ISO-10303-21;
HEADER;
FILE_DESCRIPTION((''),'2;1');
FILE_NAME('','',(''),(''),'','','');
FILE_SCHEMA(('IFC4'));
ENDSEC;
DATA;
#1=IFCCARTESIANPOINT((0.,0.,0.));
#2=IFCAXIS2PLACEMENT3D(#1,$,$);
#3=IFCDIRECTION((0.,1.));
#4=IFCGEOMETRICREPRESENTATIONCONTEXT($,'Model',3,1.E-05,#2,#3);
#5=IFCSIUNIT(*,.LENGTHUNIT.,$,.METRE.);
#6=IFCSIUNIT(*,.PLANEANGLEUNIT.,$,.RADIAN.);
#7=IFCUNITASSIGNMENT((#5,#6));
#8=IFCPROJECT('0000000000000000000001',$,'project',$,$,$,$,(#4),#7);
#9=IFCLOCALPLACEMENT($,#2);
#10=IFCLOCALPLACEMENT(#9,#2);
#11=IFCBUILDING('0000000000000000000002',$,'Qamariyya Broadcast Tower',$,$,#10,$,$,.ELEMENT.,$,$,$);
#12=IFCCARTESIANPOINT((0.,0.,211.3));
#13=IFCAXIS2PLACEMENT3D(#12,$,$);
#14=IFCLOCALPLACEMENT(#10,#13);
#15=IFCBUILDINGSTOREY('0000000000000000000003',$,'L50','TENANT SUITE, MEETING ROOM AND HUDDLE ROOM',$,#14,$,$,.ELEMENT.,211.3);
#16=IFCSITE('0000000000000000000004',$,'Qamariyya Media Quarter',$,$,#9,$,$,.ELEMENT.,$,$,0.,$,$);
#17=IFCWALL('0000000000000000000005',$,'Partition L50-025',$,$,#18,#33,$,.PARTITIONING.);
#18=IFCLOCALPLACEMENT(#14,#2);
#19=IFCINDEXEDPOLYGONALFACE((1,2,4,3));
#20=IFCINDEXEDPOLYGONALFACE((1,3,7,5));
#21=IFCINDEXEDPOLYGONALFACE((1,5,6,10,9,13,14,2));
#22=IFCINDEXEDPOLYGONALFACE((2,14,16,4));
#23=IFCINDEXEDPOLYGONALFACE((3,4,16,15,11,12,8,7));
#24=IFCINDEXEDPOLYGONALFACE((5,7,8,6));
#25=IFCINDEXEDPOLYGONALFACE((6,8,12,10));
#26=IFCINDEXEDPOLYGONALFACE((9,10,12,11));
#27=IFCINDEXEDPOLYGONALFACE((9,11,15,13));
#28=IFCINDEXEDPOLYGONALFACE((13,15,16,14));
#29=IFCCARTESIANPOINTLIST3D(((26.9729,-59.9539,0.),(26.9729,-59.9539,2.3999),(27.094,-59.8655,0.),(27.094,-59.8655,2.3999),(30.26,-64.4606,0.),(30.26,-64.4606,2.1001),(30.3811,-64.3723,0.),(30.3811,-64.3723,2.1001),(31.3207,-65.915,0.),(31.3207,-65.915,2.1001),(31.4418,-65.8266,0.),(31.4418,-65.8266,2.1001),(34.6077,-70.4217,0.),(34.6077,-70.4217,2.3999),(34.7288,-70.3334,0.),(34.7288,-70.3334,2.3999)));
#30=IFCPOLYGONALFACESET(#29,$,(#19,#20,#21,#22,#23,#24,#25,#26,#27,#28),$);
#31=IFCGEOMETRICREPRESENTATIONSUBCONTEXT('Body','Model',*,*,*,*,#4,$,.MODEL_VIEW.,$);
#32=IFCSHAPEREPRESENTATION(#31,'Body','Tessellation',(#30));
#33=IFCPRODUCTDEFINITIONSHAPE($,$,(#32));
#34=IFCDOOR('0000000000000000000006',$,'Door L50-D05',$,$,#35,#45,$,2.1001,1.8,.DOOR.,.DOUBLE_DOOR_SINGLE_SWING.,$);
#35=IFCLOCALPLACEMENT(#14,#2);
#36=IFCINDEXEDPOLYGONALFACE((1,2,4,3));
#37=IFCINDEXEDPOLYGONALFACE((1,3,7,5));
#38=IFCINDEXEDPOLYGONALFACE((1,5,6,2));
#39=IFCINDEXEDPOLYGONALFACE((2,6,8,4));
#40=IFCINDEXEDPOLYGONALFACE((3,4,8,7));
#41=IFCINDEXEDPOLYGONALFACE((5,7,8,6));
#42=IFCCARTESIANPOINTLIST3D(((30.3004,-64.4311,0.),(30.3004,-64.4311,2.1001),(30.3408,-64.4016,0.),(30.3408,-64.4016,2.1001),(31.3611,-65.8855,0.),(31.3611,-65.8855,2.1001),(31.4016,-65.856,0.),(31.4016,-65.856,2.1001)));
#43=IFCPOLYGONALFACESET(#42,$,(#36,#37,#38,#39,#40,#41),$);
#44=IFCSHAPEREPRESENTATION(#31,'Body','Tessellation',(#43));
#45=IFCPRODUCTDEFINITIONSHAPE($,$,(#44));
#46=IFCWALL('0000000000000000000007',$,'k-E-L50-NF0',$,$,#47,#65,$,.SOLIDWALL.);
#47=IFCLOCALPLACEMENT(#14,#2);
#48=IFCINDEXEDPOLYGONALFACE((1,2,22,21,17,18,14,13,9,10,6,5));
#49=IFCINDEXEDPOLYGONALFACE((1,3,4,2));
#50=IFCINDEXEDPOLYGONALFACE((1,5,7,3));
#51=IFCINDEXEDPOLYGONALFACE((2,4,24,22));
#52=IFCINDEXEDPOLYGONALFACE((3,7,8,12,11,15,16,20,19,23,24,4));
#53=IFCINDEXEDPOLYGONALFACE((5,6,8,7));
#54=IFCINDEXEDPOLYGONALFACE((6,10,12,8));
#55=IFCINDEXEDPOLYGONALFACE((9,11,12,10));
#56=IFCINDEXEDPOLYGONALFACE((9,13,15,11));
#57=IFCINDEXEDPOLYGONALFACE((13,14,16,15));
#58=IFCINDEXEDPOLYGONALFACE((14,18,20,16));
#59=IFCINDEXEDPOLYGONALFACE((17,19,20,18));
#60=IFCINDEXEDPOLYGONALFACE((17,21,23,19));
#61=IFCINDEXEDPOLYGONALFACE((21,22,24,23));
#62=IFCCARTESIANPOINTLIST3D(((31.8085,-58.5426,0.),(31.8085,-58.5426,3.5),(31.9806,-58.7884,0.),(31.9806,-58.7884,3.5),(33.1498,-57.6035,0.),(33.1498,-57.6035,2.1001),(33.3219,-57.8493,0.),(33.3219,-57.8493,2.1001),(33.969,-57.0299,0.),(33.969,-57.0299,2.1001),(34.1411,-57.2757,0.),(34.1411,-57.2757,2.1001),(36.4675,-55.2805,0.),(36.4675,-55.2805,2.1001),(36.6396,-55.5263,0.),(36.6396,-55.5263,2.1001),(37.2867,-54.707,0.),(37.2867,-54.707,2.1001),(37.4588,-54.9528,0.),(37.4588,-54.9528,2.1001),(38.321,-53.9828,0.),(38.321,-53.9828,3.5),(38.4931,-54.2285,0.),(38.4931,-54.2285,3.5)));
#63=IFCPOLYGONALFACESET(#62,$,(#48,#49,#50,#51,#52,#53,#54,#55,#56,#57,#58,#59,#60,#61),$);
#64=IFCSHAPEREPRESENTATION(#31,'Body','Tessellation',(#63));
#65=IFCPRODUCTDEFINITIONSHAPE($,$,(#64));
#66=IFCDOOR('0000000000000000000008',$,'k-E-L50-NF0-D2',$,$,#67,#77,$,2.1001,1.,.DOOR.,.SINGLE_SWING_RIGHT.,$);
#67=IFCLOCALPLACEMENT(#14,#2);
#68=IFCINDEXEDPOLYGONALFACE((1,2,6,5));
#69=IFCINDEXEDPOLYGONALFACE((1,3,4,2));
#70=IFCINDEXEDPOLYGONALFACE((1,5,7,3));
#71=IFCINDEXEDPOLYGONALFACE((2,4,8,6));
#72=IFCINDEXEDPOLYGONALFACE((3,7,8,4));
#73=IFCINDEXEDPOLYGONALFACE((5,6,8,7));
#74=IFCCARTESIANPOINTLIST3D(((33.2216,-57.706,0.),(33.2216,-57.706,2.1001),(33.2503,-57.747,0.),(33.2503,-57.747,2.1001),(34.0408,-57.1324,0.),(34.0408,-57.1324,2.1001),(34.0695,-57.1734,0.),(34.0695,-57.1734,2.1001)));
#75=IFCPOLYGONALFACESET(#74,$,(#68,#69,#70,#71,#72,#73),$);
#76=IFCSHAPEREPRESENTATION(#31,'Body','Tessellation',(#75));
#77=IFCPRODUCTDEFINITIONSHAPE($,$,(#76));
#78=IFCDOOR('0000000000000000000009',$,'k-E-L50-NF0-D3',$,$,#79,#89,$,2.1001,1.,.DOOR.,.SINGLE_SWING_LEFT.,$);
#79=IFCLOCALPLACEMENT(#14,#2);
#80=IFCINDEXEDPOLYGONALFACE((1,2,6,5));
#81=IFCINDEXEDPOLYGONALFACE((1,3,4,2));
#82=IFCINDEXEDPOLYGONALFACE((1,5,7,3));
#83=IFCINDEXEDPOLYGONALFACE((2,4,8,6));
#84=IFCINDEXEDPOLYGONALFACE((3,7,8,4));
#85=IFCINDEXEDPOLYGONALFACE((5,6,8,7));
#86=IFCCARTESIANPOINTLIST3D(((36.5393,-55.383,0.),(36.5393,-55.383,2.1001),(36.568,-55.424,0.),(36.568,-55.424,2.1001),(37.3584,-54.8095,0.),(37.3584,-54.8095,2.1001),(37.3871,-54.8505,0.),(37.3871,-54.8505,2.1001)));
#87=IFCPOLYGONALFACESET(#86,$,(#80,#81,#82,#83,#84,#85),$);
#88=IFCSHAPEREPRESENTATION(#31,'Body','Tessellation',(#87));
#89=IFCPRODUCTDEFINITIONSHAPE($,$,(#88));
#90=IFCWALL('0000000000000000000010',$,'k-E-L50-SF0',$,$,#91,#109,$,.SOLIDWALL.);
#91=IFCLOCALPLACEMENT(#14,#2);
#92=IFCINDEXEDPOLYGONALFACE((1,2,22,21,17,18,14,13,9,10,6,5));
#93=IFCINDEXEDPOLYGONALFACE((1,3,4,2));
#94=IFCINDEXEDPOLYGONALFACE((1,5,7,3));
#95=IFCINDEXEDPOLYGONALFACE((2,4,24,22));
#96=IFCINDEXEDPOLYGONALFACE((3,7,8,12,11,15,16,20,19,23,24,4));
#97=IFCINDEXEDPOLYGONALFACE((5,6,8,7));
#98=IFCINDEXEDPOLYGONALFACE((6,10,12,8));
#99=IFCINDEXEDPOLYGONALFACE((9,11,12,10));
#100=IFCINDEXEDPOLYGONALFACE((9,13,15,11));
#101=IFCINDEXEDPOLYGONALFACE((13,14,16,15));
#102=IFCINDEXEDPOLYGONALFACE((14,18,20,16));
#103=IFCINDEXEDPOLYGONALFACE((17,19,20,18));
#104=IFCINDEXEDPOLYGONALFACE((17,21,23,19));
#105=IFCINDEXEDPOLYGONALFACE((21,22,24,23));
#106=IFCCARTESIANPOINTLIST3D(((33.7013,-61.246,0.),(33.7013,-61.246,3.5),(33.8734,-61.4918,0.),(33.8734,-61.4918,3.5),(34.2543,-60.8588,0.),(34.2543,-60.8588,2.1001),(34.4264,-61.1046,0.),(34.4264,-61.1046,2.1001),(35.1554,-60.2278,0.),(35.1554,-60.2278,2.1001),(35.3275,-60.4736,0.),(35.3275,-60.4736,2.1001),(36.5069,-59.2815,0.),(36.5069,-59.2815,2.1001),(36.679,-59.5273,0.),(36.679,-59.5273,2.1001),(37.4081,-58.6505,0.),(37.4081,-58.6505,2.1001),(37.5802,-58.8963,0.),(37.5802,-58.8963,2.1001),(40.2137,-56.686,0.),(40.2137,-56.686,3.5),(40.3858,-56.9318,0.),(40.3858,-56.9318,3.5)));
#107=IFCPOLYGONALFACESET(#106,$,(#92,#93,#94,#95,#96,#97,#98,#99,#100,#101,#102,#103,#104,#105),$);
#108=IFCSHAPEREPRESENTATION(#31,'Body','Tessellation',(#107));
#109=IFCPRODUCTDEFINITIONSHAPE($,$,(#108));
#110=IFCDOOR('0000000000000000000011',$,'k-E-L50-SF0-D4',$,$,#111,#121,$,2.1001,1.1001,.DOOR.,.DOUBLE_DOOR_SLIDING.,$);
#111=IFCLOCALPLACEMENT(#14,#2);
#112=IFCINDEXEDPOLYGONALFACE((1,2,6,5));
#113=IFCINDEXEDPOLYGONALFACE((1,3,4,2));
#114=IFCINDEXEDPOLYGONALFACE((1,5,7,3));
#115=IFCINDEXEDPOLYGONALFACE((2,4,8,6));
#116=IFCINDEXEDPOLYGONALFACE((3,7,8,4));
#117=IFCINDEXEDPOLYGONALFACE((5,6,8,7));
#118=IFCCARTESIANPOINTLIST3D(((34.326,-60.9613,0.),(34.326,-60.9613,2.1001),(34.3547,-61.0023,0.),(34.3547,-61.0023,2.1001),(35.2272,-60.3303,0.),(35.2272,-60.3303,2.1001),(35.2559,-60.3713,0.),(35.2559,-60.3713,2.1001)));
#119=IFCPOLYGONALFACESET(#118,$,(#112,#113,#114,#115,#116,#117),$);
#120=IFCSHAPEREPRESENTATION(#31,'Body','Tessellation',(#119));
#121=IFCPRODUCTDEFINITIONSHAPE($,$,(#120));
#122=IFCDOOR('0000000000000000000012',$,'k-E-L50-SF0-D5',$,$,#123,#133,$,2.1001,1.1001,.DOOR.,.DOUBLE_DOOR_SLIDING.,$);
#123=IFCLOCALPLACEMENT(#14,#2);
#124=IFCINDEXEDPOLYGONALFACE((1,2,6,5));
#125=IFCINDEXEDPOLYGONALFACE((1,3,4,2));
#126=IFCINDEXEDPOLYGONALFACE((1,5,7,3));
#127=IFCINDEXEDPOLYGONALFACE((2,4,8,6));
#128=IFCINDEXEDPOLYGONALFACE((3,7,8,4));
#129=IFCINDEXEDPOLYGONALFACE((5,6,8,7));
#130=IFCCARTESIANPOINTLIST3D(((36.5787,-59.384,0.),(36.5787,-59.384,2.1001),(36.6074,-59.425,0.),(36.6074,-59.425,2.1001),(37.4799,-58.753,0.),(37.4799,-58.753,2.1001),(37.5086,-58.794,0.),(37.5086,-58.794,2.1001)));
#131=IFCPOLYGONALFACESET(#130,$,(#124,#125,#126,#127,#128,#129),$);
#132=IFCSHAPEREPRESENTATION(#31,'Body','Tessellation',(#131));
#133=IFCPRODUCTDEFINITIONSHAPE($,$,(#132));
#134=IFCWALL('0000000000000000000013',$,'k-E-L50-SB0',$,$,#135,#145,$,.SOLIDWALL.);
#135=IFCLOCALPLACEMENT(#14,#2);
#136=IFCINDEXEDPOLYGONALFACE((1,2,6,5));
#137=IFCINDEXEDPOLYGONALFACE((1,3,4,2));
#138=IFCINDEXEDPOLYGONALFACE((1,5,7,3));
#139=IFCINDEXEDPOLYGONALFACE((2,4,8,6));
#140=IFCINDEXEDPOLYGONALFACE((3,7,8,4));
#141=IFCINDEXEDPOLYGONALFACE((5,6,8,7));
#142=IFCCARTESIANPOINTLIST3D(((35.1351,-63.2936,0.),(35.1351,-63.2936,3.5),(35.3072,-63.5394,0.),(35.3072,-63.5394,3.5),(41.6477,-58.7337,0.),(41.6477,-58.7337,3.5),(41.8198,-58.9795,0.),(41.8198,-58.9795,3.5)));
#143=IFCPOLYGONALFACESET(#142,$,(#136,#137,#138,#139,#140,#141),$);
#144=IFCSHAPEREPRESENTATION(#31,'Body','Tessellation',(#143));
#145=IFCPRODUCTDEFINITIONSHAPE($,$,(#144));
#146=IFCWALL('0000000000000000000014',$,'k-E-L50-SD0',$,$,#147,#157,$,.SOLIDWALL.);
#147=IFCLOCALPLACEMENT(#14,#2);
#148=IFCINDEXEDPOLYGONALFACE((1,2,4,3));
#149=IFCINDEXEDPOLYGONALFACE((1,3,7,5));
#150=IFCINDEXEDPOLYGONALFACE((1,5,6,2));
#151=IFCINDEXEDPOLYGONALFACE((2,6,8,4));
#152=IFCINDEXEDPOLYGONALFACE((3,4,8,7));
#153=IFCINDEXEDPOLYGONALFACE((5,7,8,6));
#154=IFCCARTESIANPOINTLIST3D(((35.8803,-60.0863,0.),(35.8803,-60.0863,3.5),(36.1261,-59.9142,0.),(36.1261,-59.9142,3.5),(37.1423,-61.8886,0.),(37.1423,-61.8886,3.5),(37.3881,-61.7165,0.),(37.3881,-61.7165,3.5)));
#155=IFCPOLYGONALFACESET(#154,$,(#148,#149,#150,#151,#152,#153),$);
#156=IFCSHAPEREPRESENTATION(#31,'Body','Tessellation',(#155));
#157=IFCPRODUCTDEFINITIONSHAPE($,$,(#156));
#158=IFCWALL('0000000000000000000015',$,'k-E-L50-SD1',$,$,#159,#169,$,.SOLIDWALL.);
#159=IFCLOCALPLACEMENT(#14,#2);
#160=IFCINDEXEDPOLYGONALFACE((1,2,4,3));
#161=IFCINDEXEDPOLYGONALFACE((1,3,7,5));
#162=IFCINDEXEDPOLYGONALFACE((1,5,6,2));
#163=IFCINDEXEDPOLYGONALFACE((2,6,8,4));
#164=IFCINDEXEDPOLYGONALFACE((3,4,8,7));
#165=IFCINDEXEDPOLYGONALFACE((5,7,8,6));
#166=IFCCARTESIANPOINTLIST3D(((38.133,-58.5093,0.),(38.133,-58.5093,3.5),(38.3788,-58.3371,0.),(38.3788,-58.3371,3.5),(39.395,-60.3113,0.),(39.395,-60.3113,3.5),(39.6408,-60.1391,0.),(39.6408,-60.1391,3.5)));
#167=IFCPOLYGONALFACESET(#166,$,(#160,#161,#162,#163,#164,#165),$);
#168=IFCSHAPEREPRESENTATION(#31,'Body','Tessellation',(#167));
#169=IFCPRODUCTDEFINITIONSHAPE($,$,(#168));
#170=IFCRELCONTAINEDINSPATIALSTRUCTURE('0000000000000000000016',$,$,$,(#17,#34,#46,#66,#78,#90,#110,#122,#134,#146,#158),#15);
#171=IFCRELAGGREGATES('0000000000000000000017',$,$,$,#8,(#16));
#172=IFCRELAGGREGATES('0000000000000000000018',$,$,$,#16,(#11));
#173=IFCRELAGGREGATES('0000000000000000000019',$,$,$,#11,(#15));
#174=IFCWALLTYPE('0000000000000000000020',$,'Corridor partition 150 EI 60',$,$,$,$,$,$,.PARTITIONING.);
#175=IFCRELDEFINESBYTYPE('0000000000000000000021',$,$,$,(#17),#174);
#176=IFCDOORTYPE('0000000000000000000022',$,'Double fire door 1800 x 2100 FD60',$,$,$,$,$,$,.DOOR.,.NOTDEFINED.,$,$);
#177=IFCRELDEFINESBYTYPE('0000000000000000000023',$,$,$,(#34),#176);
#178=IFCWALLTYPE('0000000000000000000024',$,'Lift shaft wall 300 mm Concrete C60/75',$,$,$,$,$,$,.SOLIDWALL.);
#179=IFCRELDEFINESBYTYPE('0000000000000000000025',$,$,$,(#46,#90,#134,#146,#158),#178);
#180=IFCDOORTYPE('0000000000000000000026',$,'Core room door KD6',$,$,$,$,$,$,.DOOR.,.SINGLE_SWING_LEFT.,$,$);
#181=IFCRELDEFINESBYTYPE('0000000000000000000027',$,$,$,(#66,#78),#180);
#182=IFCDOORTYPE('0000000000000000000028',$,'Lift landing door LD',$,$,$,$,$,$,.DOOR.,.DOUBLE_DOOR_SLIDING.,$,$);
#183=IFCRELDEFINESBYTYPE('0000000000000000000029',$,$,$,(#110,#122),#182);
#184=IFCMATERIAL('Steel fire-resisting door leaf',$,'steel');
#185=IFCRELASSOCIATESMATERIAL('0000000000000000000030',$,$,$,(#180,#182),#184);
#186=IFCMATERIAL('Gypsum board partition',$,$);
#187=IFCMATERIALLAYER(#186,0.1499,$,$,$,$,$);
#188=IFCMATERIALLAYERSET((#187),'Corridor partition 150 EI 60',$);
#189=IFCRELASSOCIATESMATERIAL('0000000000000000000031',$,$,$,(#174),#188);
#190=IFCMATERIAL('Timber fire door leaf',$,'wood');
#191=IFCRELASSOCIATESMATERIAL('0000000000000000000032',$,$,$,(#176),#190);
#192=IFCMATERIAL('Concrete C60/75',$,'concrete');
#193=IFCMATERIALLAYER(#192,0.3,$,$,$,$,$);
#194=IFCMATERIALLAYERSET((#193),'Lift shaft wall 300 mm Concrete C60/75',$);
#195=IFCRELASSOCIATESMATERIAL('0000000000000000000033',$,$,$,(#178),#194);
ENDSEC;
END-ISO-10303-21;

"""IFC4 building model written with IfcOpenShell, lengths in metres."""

from ifc_helpers import new_model, si_unit, direction, frame, frame_2d, origin, place, context, subcontext, project, spatial, rectangle, extrude, material, layer, layer_set, type_object, element, fill, save


model = new_model("IFC4")

# Units and contexts
model_context = context("Model", 3, precision=1e-05, world=origin(), true_north=direction((0.0, 1.0)))
body_context = subcontext(model_context, "Body", "Model", "MODEL_VIEW")
ifc_project = project(units=[si_unit("LENGTHUNIT", "METRE"), si_unit("PLANEANGLEUNIT", "RADIAN")], contexts=[model_context])

# Site, building, storey
site_placement = place(None, origin())
site = spatial("IfcSite", under=ifc_project, at=site_placement, Name="Qamariyya Media Quarter", CompositionType="ELEMENT", RefElevation=0.0)
building_placement = place(site_placement, origin())
building = spatial("IfcBuilding", under=site, at=building_placement, Name="Qamariyya Broadcast Tower", CompositionType="ELEMENT")
storey_placement = place(building_placement, frame((0.0, 0.0, 211.3)))
storey = spatial("IfcBuildingStorey", under=building, at=storey_placement, Name="L50", Description="TENANT SUITE, MEETING ROOM AND HUDDLE ROOM", CompositionType="ELEMENT", Elevation=211.3)

# Shared definitions
ifc_material_1 = material(Name="Concrete C60/75", Category="concrete")

# Shared definitions
ifc_material_2 = material(Name="Steel fire-resisting door leaf", Category="steel")

# Shared definitions
door_type_1 = type_object("IfcDoorType", Name="Core room door KD6", OperationType="SINGLE_SWING_LEFT", PredefinedType="DOOR", material=ifc_material_2)

# Wall, opening, door
ifc_material_3 = material(Name="Gypsum board partition")
ifc_layer_1 = layer(ifc_material_3, 0.1499)
ifc_layer_set_1 = layer_set([ifc_layer_1], Name="Corridor partition 150 EI 60")
wall_type_1 = type_object("IfcWallType", Name="Corridor partition 150 EI 60", PredefinedType="PARTITIONING", material=ifc_layer_set_1)
wall_1_placement = place(storey_placement, frame((34.6682, -70.3774, 0.0), z_axis=(0.0, 0.0, 1.0), x_axis=(-0.589274, 0.807934, 0.0)))
wall_1 = element("IfcWall", 1, at=wall_1_placement, inside=storey, type_object=wall_type_1, Name="Partition L50-025", PredefinedType="PARTITIONING", context=body_context, shape_type="SweptSolid", body=[
    extrude(rectangle(XDim=12.9563, YDim=0.1499, at=frame_2d((6.478, 0.0))), origin(), (0.0, 0.0, 1.0), 2.3999),
])
opening_1_placement = place(wall_1_placement, frame((5.5781, 0.0, 0.0)))
opening_1 = element("IfcOpeningElement", 2, at=opening_1_placement, cuts=wall_1, PredefinedType="OPENING", context=body_context, shape_type="SweptSolid", body=[
    extrude(rectangle(XDim=1.8, YDim=2.1001, at=frame_2d((0.8999, 1.05))), frame((0.0, 0.085, 0.0), z_axis=(0.0, -1.0, 0.0), x_axis=(1.0, 0.0, 0.0)), (0.0, 0.0, 1.0), 0.1699),
])
ifc_material_4 = material(Name="Timber fire door leaf", Category="wood")
door_type_2 = type_object("IfcDoorType", Name="Double fire door 1800 x 2100 FD60", OperationType="NOTDEFINED", PredefinedType="DOOR", material=ifc_material_4)
door_1_placement = place(opening_1_placement, origin())
door_1 = element("IfcDoor", 3, at=door_1_placement, inside=storey, type_object=door_type_2, Name="Door L50-D05", OperationType="DOUBLE_DOOR_SINGLE_SWING", OverallHeight=2.1001, OverallWidth=1.8, PredefinedType="DOOR", context=body_context, shape_type="SweptSolid", body=[
    extrude(rectangle(XDim=1.8, YDim=2.1001, at=frame_2d((0.8999, 1.05))), frame((0.0, 0.0249, 0.0), z_axis=(0.0, -1.0, 0.0), x_axis=(1.0, 0.0, 0.0)), (0.0, 0.0, 1.0), 0.05),
])
fill(opening_1, door_1)

# Walls, openings, doors
ifc_layer_2 = layer(ifc_material_1, 0.3)
ifc_layer_set_2 = layer_set([ifc_layer_2], Name="Lift shaft wall 300 mm Concrete C60/75")
wall_type_2 = type_object("IfcWallType", Name="Lift shaft wall 300 mm Concrete C60/75", PredefinedType="SOLIDWALL", material=ifc_layer_set_2)
wall_2_placement = place(storey_placement, frame((31.8945, -58.6655, 0.0), z_axis=(0.0, 0.0, 1.0), x_axis=(0.819167, 0.573555, 0.0)))
wall_2 = element("IfcWall", 4, at=wall_2_placement, inside=storey, type_object=wall_type_2, Name="k-E-L50-NF0", PredefinedType="SOLIDWALL", context=body_context, shape_type="SweptSolid", body=[
    extrude(rectangle(XDim=7.9502, YDim=0.3, at=frame_2d((3.9751, 0.0))), origin(), (0.0, 0.0, 1.0), 3.5),
])
opening_2_placement = place(wall_2_placement, frame((1.6375, 0.0, 0.0)))
opening_2 = element("IfcOpeningElement", 5, at=opening_2_placement, cuts=wall_2, PredefinedType="OPENING", context=body_context, shape_type="SweptSolid", body=[
    extrude(rectangle(XDim=1.0, YDim=2.1001, at=frame_2d((0.5, 1.05))), frame((0.0, 0.1599, 0.0), z_axis=(0.0, -1.0, 0.0), x_axis=(1.0, 0.0, 0.0)), (0.0, 0.0, 1.0), 0.3201),
])
opening_3_placement = place(wall_2_placement, frame((5.6875, 0.0, 0.0)))
opening_3 = element("IfcOpeningElement", 6, at=opening_3_placement, cuts=wall_2, PredefinedType="OPENING", context=body_context, shape_type="SweptSolid", body=[
    extrude(rectangle(XDim=1.0, YDim=2.1001, at=frame_2d((0.5, 1.05))), frame((0.0, 0.1599, 0.0), z_axis=(0.0, -1.0, 0.0), x_axis=(1.0, 0.0, 0.0)), (0.0, 0.0, 1.0), 0.3201),
])
door_2_placement = place(opening_2_placement, origin())
door_2 = element("IfcDoor", 7, at=door_2_placement, inside=storey, type_object=door_type_1, Name="k-E-L50-NF0-D2", OperationType="SINGLE_SWING_RIGHT", OverallHeight=2.1001, OverallWidth=1.0, PredefinedType="DOOR", context=body_context, shape_type="SweptSolid", body=[
    extrude(rectangle(XDim=1.0, YDim=2.1001, at=frame_2d((0.5, 1.05))), frame((0.0, 0.0249, 0.0), z_axis=(0.0, -1.0, 0.0), x_axis=(1.0, 0.0, 0.0)), (0.0, 0.0, 1.0), 0.05),
])
fill(opening_2, door_2)
door_3_placement = place(opening_3_placement, origin())
door_3 = element("IfcDoor", 8, at=door_3_placement, inside=storey, type_object=door_type_1, Name="k-E-L50-NF0-D3", OperationType="SINGLE_SWING_LEFT", OverallHeight=2.1001, OverallWidth=1.0, PredefinedType="DOOR", context=body_context, shape_type="SweptSolid", body=[
    extrude(rectangle(XDim=1.0, YDim=2.1001, at=frame_2d((0.5, 1.05))), frame((0.0, 0.0249, 0.0), z_axis=(0.0, -1.0, 0.0), x_axis=(1.0, 0.0, 0.0)), (0.0, 0.0, 1.0), 0.05),
])
fill(opening_3, door_3)
wall_3_placement = place(storey_placement, frame((33.7874, -61.3689, 0.0), z_axis=(0.0, 0.0, 1.0), x_axis=(0.819153, 0.573576, 0.0)))
wall_3 = element("IfcWall", 9, at=wall_3_placement, inside=storey, type_object=wall_type_2, Name="k-E-L50-SF0", PredefinedType="SOLIDWALL", context=body_context, shape_type="SweptSolid", body=[
    extrude(rectangle(XDim=7.9502, YDim=0.3, at=frame_2d((3.9751, 0.0))), origin(), (0.0, 0.0, 1.0), 3.5),
])
opening_4_placement = place(wall_3_placement, frame((0.675, 0.0, 0.0)))
opening_4 = element("IfcOpeningElement", 10, at=opening_4_placement, cuts=wall_3, PredefinedType="OPENING", context=body_context, shape_type="SweptSolid", body=[
    extrude(rectangle(XDim=1.1001, YDim=2.1001, at=frame_2d((0.55, 1.05))), frame((0.0, 0.1599, 0.0), z_axis=(0.0, -1.0, 0.0), x_axis=(1.0, 0.0, 0.0)), (0.0, 0.0, 1.0), 0.3201),
])
opening_5_placement = place(wall_3_placement, frame((3.425, 0.0, 0.0)))
opening_5 = element("IfcOpeningElement", 11, at=opening_5_placement, cuts=wall_3, PredefinedType="OPENING", context=body_context, shape_type="SweptSolid", body=[
    extrude(rectangle(XDim=1.1001, YDim=2.1001, at=frame_2d((0.55, 1.05))), frame((0.0, 0.1599, 0.0), z_axis=(0.0, -1.0, 0.0), x_axis=(1.0, 0.0, 0.0)), (0.0, 0.0, 1.0), 0.3201),
])
door_type_3 = type_object("IfcDoorType", Name="Lift landing door LD", OperationType="DOUBLE_DOOR_SLIDING", PredefinedType="DOOR", material=ifc_material_2)
door_4_placement = place(opening_4_placement, origin())
door_4 = element("IfcDoor", 12, at=door_4_placement, inside=storey, type_object=door_type_3, Name="k-E-L50-SF0-D4", OperationType="DOUBLE_DOOR_SLIDING", OverallHeight=2.1001, OverallWidth=1.1001, PredefinedType="DOOR", context=body_context, shape_type="SweptSolid", body=[
    extrude(rectangle(XDim=1.1001, YDim=2.1001, at=frame_2d((0.55, 1.05))), frame((0.0, 0.0249, 0.0), z_axis=(0.0, -1.0, 0.0), x_axis=(1.0, 0.0, 0.0)), (0.0, 0.0, 1.0), 0.05),
])
fill(opening_4, door_4)
door_5_placement = place(opening_5_placement, origin())
door_5 = element("IfcDoor", 13, at=door_5_placement, inside=storey, type_object=door_type_3, Name="k-E-L50-SF0-D5", OperationType="DOUBLE_DOOR_SLIDING", OverallHeight=2.1001, OverallWidth=1.1001, PredefinedType="DOOR", context=body_context, shape_type="SweptSolid", body=[
    extrude(rectangle(XDim=1.1001, YDim=2.1001, at=frame_2d((0.55, 1.05))), frame((0.0, 0.0249, 0.0), z_axis=(0.0, -1.0, 0.0), x_axis=(1.0, 0.0, 0.0)), (0.0, 0.0, 1.0), 0.05),
])
fill(opening_5, door_5)

# Walls
wall_4_placement = place(storey_placement, frame((35.2212, -63.4165, 0.0), z_axis=(0.0, 0.0, 1.0), x_axis=(0.819167, 0.573555, 0.0)))
element("IfcWall", 14, at=wall_4_placement, inside=storey, type_object=wall_type_2, Name="k-E-L50-SB0", PredefinedType="SOLIDWALL", context=body_context, shape_type="SweptSolid", body=[
    extrude(rectangle(XDim=7.9502, YDim=0.3, at=frame_2d((3.9751, 0.0))), origin(), (0.0, 0.0, 1.0), 3.5),
])
wall_5_placement = place(storey_placement, frame((36.0032, -60.0002, 0.0), z_axis=(0.0, 0.0, 1.0), x_axis=(0.573581, -0.819149, 0.0)))
element("IfcWall", 15, at=wall_5_placement, inside=storey, type_object=wall_type_2, Name="k-E-L50-SD0", PredefinedType="SOLIDWALL", context=body_context, shape_type="SweptSolid", body=[
    extrude(rectangle(XDim=2.2002, YDim=0.3, at=frame_2d((1.1001, 0.0))), origin(), (0.0, 0.0, 1.0), 3.5),
])
wall_6_placement = place(storey_placement, frame((38.2559, -58.4231, 0.0), z_axis=(0.0, 0.0, 1.0), x_axis=(0.573634, -0.819112, 0.0)))
element("IfcWall", 16, at=wall_6_placement, inside=storey, type_object=wall_type_2, Name="k-E-L50-SD1", PredefinedType="SOLIDWALL", context=body_context, shape_type="SweptSolid", body=[
    extrude(rectangle(XDim=2.2, YDim=0.3, at=frame_2d((1.1001, 0.0))), origin(), (0.0, 0.0, 1.0), 3.5),
])

save(model, "model.ifc")
